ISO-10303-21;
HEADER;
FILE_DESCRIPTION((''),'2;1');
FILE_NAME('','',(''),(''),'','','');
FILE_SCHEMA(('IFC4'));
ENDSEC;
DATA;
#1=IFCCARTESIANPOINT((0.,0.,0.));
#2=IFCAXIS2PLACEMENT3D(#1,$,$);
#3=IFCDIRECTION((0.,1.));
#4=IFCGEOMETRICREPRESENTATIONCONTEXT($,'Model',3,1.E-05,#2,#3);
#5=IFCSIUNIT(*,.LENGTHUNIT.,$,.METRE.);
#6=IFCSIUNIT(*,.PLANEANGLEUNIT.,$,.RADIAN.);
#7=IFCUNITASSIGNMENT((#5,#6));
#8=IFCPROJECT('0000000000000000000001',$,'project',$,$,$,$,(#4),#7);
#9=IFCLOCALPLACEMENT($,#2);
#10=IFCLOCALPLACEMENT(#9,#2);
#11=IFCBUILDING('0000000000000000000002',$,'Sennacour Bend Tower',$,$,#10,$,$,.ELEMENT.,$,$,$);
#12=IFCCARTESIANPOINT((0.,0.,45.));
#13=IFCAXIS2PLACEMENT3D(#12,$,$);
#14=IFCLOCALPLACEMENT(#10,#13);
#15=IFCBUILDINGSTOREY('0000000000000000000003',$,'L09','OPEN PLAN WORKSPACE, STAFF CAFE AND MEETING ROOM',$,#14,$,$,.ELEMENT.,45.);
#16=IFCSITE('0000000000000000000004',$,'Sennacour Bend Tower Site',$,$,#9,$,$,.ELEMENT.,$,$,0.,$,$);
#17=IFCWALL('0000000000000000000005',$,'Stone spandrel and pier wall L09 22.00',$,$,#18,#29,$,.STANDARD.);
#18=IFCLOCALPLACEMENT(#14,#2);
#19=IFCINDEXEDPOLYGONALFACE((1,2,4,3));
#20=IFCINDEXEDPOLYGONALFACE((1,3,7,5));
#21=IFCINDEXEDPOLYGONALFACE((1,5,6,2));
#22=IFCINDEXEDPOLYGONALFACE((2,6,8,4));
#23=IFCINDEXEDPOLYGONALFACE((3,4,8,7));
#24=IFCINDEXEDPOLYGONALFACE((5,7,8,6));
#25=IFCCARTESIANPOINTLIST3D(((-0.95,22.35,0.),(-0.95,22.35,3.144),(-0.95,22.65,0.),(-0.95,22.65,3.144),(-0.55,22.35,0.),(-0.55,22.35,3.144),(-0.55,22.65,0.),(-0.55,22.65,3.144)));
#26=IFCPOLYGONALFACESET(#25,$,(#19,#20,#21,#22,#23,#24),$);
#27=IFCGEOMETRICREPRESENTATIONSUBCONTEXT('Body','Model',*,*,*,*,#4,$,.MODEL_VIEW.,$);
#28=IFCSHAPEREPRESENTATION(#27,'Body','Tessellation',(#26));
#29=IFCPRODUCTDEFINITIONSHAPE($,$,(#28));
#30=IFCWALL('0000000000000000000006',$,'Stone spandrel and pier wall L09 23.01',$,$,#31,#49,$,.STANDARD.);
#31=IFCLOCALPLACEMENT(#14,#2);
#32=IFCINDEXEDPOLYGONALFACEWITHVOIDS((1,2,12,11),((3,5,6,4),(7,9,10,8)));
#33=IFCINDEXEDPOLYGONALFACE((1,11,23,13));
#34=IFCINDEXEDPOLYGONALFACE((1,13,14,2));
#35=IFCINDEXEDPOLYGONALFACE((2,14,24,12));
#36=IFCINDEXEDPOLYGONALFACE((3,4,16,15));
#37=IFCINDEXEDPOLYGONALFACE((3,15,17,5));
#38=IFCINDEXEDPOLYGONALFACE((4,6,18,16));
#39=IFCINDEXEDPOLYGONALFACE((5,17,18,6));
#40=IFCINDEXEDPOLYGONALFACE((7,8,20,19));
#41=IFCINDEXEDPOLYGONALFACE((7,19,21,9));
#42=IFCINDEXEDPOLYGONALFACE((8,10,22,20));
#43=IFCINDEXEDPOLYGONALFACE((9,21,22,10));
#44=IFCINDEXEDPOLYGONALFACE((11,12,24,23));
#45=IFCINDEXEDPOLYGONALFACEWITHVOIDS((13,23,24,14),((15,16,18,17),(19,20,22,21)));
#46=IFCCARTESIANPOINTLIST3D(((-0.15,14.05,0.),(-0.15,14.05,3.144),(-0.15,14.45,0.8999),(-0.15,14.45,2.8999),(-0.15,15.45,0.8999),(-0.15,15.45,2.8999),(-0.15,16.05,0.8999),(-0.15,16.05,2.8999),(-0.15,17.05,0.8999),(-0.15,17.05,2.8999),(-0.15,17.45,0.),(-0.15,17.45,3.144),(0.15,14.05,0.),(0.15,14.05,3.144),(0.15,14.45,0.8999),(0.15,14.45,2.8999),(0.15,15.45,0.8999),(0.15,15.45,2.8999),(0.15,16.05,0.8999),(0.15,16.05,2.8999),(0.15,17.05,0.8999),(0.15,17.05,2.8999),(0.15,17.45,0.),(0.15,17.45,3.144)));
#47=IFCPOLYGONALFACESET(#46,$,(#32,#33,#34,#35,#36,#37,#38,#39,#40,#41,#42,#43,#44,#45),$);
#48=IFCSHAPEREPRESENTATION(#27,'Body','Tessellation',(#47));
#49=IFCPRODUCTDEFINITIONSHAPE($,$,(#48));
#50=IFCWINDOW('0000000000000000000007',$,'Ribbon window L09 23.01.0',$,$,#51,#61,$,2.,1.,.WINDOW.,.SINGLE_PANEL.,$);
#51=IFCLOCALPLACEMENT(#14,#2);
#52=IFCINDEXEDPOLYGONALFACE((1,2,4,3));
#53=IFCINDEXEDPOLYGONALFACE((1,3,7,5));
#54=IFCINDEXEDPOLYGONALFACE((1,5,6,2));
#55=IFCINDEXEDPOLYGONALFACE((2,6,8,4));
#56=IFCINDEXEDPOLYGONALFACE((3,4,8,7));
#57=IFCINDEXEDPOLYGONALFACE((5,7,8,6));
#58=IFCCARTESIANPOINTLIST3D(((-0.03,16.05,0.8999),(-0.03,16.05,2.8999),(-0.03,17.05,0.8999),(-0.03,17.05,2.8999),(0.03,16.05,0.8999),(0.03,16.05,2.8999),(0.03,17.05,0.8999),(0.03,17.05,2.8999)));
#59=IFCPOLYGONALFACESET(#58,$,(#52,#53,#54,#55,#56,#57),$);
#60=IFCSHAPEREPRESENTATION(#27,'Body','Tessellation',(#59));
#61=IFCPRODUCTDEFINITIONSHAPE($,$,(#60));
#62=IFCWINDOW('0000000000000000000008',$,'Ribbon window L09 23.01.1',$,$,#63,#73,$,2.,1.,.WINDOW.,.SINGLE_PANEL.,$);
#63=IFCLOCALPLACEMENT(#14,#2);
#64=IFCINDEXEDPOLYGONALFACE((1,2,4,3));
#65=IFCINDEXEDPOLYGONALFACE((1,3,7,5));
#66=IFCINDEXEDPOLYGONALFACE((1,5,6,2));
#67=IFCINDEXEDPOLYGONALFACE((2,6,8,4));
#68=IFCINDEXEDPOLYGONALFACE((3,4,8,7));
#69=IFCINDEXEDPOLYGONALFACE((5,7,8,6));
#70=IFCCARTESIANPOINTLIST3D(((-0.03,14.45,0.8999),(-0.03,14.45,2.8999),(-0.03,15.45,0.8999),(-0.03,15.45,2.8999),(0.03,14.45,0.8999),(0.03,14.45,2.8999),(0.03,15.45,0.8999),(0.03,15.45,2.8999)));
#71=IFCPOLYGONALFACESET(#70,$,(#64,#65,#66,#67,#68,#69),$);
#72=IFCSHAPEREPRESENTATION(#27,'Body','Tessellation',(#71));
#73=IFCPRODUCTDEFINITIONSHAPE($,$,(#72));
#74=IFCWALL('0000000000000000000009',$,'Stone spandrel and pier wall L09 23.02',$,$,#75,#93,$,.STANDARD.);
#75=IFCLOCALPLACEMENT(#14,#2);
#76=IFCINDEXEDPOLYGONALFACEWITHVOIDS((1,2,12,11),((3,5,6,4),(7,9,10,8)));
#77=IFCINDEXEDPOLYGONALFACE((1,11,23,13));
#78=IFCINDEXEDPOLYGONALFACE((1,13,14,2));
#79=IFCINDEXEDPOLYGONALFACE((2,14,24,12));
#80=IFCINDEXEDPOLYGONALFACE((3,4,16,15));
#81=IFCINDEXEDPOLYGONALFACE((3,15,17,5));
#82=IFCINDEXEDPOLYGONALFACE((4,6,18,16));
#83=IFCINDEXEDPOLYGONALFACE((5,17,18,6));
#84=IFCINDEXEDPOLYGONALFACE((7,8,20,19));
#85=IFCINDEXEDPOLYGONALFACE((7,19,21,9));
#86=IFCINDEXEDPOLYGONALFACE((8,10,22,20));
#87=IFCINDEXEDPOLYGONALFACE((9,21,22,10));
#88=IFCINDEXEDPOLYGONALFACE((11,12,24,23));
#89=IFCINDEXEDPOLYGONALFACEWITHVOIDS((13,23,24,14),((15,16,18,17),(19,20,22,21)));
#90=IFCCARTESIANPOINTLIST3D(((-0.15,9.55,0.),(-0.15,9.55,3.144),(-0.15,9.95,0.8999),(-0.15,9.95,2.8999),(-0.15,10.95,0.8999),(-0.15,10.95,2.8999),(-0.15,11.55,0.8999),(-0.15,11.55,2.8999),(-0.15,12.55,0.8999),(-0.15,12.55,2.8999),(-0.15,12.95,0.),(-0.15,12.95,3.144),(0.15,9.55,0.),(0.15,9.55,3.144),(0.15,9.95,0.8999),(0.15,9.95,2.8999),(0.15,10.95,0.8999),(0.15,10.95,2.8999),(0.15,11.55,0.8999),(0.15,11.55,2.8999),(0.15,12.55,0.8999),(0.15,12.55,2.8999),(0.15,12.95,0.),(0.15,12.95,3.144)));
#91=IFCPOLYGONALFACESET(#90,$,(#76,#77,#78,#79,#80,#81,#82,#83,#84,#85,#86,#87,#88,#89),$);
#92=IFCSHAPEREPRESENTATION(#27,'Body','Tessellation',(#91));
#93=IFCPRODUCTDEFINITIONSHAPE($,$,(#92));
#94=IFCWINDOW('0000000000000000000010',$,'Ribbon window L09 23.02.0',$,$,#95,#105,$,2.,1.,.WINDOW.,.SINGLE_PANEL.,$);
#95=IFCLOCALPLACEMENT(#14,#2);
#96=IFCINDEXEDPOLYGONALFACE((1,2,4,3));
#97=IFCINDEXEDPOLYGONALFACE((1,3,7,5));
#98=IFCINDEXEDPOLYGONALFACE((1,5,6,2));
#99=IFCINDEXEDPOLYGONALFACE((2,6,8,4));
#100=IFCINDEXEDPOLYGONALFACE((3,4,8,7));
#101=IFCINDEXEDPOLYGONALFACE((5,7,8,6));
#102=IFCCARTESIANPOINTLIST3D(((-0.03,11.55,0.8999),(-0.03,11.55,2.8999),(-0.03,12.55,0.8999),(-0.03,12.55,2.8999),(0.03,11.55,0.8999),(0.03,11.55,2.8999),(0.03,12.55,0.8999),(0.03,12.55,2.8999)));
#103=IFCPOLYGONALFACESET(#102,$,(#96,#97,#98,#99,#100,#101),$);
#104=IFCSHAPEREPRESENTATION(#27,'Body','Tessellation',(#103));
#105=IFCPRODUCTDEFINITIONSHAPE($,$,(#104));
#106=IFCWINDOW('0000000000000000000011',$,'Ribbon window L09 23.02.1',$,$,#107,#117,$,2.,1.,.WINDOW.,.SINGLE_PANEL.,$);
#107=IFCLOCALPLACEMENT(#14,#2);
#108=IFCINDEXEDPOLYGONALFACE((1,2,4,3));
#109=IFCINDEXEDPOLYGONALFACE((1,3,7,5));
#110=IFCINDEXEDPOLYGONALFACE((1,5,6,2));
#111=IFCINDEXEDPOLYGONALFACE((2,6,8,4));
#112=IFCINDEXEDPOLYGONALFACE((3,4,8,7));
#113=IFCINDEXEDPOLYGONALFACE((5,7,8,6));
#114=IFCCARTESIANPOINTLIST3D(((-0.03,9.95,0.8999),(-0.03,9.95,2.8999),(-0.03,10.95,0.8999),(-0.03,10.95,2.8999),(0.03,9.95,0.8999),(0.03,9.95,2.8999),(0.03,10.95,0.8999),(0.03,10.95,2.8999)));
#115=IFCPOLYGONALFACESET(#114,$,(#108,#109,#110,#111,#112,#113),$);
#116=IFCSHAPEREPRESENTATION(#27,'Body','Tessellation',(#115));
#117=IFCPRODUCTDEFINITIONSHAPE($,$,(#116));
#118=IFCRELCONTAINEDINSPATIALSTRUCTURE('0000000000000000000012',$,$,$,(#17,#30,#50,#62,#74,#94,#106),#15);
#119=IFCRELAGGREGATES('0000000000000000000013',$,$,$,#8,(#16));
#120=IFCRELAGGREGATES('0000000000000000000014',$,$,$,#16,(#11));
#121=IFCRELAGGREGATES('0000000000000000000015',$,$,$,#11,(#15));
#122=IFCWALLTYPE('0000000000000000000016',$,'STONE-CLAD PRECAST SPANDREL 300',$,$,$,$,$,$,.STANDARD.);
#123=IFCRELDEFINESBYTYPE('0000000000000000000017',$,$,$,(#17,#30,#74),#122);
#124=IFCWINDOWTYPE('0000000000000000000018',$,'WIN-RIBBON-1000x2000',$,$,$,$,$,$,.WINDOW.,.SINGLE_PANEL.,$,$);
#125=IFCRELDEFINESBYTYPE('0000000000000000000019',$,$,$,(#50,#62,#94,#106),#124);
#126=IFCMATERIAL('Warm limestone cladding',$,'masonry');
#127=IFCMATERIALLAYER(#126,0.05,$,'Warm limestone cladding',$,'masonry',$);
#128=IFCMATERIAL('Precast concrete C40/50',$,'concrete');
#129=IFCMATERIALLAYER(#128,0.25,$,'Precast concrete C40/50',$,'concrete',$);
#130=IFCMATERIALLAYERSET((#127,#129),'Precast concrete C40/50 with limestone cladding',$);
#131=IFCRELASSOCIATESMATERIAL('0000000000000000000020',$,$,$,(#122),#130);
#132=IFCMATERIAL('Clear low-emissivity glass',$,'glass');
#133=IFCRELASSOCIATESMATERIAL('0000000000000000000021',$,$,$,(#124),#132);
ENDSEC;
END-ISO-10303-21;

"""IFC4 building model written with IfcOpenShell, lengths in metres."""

from ifc_helpers import new_model, si_unit, direction, frame, frame_2d, origin, place, context, subcontext, project, spatial, rectangle, extrude, material, layer, layer_set, type_object, element, fill, save


model = new_model("IFC4")

# Units and contexts
model_context = context("Model", 3, precision=1e-05, world=origin(), true_north=direction((0.0, 1.0)))
body_context = subcontext(model_context, "Body", "Model", "MODEL_VIEW")
ifc_project = project(units=[si_unit("LENGTHUNIT", "METRE"), si_unit("PLANEANGLEUNIT", "RADIAN")], contexts=[model_context])

# Site, building, storey
site_placement = place(None, origin())
site = spatial("IfcSite", under=ifc_project, at=site_placement, Name="Sennacour Bend Tower Site", CompositionType="ELEMENT", RefElevation=0.0)
building_placement = place(site_placement, origin())
building = spatial("IfcBuilding", under=site, at=building_placement, Name="Sennacour Bend Tower", CompositionType="ELEMENT")
storey_placement = place(building_placement, frame((0.0, 0.0, 45.0)))
storey = spatial("IfcBuildingStorey", under=building, at=storey_placement, Name="L09", Description="OPEN PLAN WORKSPACE, STAFF CAFE AND MEETING ROOM", CompositionType="ELEMENT", Elevation=45.0)

# Wall
ifc_material_1 = material(Name="Warm limestone cladding", Category="masonry")
ifc_layer_1 = layer(ifc_material_1, 0.05, Name="Warm limestone cladding", Category="masonry")
ifc_material_2 = material(Name="Precast concrete C40/50", Category="concrete")
ifc_layer_2 = layer(ifc_material_2, 0.25, Name="Precast concrete C40/50", Category="concrete")
ifc_layer_set = layer_set([ifc_layer_1, ifc_layer_2], Name="Precast concrete C40/50 with limestone cladding")
wall_type = type_object("IfcWallType", Name="STONE-CLAD PRECAST SPANDREL 300", PredefinedType="STANDARD", material=ifc_layer_set)
wall_1_placement = place(storey_placement, frame((-0.95, 22.5, 0.0), z_axis=(0.0, 0.0, 1.0), x_axis=(1.0, 0.0, 0.0)))
element("IfcWall", 1, at=wall_1_placement, inside=storey, type_object=wall_type, Name="Stone spandrel and pier wall L09 22.00", PredefinedType="STANDARD", context=body_context, shape_type="SweptSolid", body=[
    extrude(rectangle(XDim=0.3999, YDim=0.3, at=frame_2d((0.2, 0.0))), origin(), (0.0, 0.0, 1.0), 3.144),
])

# Walls, openings, windows
wall_2_placement = place(storey_placement, frame((0.0, 17.45, 0.0), z_axis=(0.0, 0.0, 1.0), x_axis=(0.0, -1.0, 0.0)))
wall_2 = element("IfcWall", 2, at=wall_2_placement, inside=storey, type_object=wall_type, Name="Stone spandrel and pier wall L09 23.01", PredefinedType="STANDARD", context=body_context, shape_type="SweptSolid", body=[
    extrude(rectangle(XDim=3.3999, YDim=0.3, at=frame_2d((1.7, 0.0))), origin(), (0.0, 0.0, 1.0), 3.144),
])
opening_1_placement = place(wall_2_placement, frame((0.3999, 0.0, 0.8999)))
opening_1 = element("IfcOpeningElement", 3, at=opening_1_placement, cuts=wall_2, PredefinedType="OPENING", context=body_context, shape_type="SweptSolid", body=[
    extrude(rectangle(XDim=1.0, YDim=2.0, at=frame_2d((0.5, 1.0))), frame((0.0, 0.1602, 0.0), z_axis=(0.0, -1.0, 0.0), x_axis=(1.0, 0.0, 0.0)), (0.0, 0.0, 1.0), 0.3201),
])
opening_2_placement = place(wall_2_placement, frame((2.0, 0.0, 0.8999)))
opening_2 = element("IfcOpeningElement", 4, at=opening_2_placement, cuts=wall_2, PredefinedType="OPENING", context=body_context, shape_type="SweptSolid", body=[
    extrude(rectangle(XDim=1.0, YDim=2.0, at=frame_2d((0.5, 1.0))), frame((0.0, 0.1602, 0.0), z_axis=(0.0, -1.0, 0.0), x_axis=(1.0, 0.0, 0.0)), (0.0, 0.0, 1.0), 0.3201),
])
ifc_material_3 = material(Name="Clear low-emissivity glass", Category="glass")
window_type = type_object("IfcWindowType", Name="WIN-RIBBON-1000x2000", PartitioningType="SINGLE_PANEL", PredefinedType="WINDOW", material=ifc_material_3)
window_1_placement = place(opening_1_placement, origin())
window_1 = element("IfcWindow", 5, at=window_1_placement, inside=storey, type_object=window_type, Name="Ribbon window L09 23.01.0", OverallHeight=2.0, OverallWidth=1.0, PartitioningType="SINGLE_PANEL", PredefinedType="WINDOW", context=body_context, shape_type="SweptSolid", body=[
    extrude(rectangle(XDim=1.0, YDim=2.0, at=frame_2d((0.5, 1.0))), frame((0.0, 0.03, 0.0), z_axis=(0.0, -1.0, 0.0), x_axis=(1.0, 0.0, 0.0)), (0.0, 0.0, 1.0), 0.0601),
])
fill(opening_1, window_1)
window_2_placement = place(opening_2_placement, origin())
window_2 = element("IfcWindow", 6, at=window_2_placement, inside=storey, type_object=window_type, Name="Ribbon window L09 23.01.1", OverallHeight=2.0, OverallWidth=1.0, PartitioningType="SINGLE_PANEL", PredefinedType="WINDOW", context=body_context, shape_type="SweptSolid", body=[
    extrude(rectangle(XDim=1.0, YDim=2.0, at=frame_2d((0.5, 1.0))), frame((0.0, 0.03, 0.0), z_axis=(0.0, -1.0, 0.0), x_axis=(1.0, 0.0, 0.0)), (0.0, 0.0, 1.0), 0.0601),
])
fill(opening_2, window_2)
wall_3_placement = place(storey_placement, frame((0.0, 12.95, 0.0), z_axis=(0.0, 0.0, 1.0), x_axis=(0.0, -1.0, 0.0)))
wall_3 = element("IfcWall", 7, at=wall_3_placement, inside=storey, type_object=wall_type, Name="Stone spandrel and pier wall L09 23.02", PredefinedType="STANDARD", context=body_context, shape_type="SweptSolid", body=[
    extrude(rectangle(XDim=3.3999, YDim=0.3, at=frame_2d((1.7, 0.0))), origin(), (0.0, 0.0, 1.0), 3.144),
])
opening_3_placement = place(wall_3_placement, frame((0.3999, 0.0, 0.8999)))
opening_3 = element("IfcOpeningElement", 8, at=opening_3_placement, cuts=wall_3, PredefinedType="OPENING", context=body_context, shape_type="SweptSolid", body=[
    extrude(rectangle(XDim=1.0, YDim=2.0, at=frame_2d((0.5, 1.0))), frame((0.0, 0.1602, 0.0), z_axis=(0.0, -1.0, 0.0), x_axis=(1.0, 0.0, 0.0)), (0.0, 0.0, 1.0), 0.3201),
])
opening_4_placement = place(wall_3_placement, frame((2.0, 0.0, 0.8999)))
opening_4 = element("IfcOpeningElement", 9, at=opening_4_placement, cuts=wall_3, PredefinedType="OPENING", context=body_context, shape_type="SweptSolid", body=[
    extrude(rectangle(XDim=1.0, YDim=2.0, at=frame_2d((0.5, 1.0))), frame((0.0, 0.1602, 0.0), z_axis=(0.0, -1.0, 0.0), x_axis=(1.0, 0.0, 0.0)), (0.0, 0.0, 1.0), 0.3201),
])
window_3_placement = place(opening_3_placement, origin())
window_3 = element("IfcWindow", 10, at=window_3_placement, inside=storey, type_object=window_type, Name="Ribbon window L09 23.02.0", OverallHeight=2.0, OverallWidth=1.0, PartitioningType="SINGLE_PANEL", PredefinedType="WINDOW", context=body_context, shape_type="SweptSolid", body=[
    extrude(rectangle(XDim=1.0, YDim=2.0, at=frame_2d((0.5, 1.0))), frame((0.0, 0.03, 0.0), z_axis=(0.0, -1.0, 0.0), x_axis=(1.0, 0.0, 0.0)), (0.0, 0.0, 1.0), 0.0601),
])
fill(opening_3, window_3)
window_4_placement = place(opening_4_placement, origin())
window_4 = element("IfcWindow", 11, at=window_4_placement, inside=storey, type_object=window_type, Name="Ribbon window L09 23.02.1", OverallHeight=2.0, OverallWidth=1.0, PartitioningType="SINGLE_PANEL", PredefinedType="WINDOW", context=body_context, shape_type="SweptSolid", body=[
    extrude(rectangle(XDim=1.0, YDim=2.0, at=frame_2d((0.5, 1.0))), frame((0.0, 0.03, 0.0), z_axis=(0.0, -1.0, 0.0), x_axis=(1.0, 0.0, 0.0)), (0.0, 0.0, 1.0), 0.0601),
])
fill(opening_4, window_4)

save(model, "model.ifc")
